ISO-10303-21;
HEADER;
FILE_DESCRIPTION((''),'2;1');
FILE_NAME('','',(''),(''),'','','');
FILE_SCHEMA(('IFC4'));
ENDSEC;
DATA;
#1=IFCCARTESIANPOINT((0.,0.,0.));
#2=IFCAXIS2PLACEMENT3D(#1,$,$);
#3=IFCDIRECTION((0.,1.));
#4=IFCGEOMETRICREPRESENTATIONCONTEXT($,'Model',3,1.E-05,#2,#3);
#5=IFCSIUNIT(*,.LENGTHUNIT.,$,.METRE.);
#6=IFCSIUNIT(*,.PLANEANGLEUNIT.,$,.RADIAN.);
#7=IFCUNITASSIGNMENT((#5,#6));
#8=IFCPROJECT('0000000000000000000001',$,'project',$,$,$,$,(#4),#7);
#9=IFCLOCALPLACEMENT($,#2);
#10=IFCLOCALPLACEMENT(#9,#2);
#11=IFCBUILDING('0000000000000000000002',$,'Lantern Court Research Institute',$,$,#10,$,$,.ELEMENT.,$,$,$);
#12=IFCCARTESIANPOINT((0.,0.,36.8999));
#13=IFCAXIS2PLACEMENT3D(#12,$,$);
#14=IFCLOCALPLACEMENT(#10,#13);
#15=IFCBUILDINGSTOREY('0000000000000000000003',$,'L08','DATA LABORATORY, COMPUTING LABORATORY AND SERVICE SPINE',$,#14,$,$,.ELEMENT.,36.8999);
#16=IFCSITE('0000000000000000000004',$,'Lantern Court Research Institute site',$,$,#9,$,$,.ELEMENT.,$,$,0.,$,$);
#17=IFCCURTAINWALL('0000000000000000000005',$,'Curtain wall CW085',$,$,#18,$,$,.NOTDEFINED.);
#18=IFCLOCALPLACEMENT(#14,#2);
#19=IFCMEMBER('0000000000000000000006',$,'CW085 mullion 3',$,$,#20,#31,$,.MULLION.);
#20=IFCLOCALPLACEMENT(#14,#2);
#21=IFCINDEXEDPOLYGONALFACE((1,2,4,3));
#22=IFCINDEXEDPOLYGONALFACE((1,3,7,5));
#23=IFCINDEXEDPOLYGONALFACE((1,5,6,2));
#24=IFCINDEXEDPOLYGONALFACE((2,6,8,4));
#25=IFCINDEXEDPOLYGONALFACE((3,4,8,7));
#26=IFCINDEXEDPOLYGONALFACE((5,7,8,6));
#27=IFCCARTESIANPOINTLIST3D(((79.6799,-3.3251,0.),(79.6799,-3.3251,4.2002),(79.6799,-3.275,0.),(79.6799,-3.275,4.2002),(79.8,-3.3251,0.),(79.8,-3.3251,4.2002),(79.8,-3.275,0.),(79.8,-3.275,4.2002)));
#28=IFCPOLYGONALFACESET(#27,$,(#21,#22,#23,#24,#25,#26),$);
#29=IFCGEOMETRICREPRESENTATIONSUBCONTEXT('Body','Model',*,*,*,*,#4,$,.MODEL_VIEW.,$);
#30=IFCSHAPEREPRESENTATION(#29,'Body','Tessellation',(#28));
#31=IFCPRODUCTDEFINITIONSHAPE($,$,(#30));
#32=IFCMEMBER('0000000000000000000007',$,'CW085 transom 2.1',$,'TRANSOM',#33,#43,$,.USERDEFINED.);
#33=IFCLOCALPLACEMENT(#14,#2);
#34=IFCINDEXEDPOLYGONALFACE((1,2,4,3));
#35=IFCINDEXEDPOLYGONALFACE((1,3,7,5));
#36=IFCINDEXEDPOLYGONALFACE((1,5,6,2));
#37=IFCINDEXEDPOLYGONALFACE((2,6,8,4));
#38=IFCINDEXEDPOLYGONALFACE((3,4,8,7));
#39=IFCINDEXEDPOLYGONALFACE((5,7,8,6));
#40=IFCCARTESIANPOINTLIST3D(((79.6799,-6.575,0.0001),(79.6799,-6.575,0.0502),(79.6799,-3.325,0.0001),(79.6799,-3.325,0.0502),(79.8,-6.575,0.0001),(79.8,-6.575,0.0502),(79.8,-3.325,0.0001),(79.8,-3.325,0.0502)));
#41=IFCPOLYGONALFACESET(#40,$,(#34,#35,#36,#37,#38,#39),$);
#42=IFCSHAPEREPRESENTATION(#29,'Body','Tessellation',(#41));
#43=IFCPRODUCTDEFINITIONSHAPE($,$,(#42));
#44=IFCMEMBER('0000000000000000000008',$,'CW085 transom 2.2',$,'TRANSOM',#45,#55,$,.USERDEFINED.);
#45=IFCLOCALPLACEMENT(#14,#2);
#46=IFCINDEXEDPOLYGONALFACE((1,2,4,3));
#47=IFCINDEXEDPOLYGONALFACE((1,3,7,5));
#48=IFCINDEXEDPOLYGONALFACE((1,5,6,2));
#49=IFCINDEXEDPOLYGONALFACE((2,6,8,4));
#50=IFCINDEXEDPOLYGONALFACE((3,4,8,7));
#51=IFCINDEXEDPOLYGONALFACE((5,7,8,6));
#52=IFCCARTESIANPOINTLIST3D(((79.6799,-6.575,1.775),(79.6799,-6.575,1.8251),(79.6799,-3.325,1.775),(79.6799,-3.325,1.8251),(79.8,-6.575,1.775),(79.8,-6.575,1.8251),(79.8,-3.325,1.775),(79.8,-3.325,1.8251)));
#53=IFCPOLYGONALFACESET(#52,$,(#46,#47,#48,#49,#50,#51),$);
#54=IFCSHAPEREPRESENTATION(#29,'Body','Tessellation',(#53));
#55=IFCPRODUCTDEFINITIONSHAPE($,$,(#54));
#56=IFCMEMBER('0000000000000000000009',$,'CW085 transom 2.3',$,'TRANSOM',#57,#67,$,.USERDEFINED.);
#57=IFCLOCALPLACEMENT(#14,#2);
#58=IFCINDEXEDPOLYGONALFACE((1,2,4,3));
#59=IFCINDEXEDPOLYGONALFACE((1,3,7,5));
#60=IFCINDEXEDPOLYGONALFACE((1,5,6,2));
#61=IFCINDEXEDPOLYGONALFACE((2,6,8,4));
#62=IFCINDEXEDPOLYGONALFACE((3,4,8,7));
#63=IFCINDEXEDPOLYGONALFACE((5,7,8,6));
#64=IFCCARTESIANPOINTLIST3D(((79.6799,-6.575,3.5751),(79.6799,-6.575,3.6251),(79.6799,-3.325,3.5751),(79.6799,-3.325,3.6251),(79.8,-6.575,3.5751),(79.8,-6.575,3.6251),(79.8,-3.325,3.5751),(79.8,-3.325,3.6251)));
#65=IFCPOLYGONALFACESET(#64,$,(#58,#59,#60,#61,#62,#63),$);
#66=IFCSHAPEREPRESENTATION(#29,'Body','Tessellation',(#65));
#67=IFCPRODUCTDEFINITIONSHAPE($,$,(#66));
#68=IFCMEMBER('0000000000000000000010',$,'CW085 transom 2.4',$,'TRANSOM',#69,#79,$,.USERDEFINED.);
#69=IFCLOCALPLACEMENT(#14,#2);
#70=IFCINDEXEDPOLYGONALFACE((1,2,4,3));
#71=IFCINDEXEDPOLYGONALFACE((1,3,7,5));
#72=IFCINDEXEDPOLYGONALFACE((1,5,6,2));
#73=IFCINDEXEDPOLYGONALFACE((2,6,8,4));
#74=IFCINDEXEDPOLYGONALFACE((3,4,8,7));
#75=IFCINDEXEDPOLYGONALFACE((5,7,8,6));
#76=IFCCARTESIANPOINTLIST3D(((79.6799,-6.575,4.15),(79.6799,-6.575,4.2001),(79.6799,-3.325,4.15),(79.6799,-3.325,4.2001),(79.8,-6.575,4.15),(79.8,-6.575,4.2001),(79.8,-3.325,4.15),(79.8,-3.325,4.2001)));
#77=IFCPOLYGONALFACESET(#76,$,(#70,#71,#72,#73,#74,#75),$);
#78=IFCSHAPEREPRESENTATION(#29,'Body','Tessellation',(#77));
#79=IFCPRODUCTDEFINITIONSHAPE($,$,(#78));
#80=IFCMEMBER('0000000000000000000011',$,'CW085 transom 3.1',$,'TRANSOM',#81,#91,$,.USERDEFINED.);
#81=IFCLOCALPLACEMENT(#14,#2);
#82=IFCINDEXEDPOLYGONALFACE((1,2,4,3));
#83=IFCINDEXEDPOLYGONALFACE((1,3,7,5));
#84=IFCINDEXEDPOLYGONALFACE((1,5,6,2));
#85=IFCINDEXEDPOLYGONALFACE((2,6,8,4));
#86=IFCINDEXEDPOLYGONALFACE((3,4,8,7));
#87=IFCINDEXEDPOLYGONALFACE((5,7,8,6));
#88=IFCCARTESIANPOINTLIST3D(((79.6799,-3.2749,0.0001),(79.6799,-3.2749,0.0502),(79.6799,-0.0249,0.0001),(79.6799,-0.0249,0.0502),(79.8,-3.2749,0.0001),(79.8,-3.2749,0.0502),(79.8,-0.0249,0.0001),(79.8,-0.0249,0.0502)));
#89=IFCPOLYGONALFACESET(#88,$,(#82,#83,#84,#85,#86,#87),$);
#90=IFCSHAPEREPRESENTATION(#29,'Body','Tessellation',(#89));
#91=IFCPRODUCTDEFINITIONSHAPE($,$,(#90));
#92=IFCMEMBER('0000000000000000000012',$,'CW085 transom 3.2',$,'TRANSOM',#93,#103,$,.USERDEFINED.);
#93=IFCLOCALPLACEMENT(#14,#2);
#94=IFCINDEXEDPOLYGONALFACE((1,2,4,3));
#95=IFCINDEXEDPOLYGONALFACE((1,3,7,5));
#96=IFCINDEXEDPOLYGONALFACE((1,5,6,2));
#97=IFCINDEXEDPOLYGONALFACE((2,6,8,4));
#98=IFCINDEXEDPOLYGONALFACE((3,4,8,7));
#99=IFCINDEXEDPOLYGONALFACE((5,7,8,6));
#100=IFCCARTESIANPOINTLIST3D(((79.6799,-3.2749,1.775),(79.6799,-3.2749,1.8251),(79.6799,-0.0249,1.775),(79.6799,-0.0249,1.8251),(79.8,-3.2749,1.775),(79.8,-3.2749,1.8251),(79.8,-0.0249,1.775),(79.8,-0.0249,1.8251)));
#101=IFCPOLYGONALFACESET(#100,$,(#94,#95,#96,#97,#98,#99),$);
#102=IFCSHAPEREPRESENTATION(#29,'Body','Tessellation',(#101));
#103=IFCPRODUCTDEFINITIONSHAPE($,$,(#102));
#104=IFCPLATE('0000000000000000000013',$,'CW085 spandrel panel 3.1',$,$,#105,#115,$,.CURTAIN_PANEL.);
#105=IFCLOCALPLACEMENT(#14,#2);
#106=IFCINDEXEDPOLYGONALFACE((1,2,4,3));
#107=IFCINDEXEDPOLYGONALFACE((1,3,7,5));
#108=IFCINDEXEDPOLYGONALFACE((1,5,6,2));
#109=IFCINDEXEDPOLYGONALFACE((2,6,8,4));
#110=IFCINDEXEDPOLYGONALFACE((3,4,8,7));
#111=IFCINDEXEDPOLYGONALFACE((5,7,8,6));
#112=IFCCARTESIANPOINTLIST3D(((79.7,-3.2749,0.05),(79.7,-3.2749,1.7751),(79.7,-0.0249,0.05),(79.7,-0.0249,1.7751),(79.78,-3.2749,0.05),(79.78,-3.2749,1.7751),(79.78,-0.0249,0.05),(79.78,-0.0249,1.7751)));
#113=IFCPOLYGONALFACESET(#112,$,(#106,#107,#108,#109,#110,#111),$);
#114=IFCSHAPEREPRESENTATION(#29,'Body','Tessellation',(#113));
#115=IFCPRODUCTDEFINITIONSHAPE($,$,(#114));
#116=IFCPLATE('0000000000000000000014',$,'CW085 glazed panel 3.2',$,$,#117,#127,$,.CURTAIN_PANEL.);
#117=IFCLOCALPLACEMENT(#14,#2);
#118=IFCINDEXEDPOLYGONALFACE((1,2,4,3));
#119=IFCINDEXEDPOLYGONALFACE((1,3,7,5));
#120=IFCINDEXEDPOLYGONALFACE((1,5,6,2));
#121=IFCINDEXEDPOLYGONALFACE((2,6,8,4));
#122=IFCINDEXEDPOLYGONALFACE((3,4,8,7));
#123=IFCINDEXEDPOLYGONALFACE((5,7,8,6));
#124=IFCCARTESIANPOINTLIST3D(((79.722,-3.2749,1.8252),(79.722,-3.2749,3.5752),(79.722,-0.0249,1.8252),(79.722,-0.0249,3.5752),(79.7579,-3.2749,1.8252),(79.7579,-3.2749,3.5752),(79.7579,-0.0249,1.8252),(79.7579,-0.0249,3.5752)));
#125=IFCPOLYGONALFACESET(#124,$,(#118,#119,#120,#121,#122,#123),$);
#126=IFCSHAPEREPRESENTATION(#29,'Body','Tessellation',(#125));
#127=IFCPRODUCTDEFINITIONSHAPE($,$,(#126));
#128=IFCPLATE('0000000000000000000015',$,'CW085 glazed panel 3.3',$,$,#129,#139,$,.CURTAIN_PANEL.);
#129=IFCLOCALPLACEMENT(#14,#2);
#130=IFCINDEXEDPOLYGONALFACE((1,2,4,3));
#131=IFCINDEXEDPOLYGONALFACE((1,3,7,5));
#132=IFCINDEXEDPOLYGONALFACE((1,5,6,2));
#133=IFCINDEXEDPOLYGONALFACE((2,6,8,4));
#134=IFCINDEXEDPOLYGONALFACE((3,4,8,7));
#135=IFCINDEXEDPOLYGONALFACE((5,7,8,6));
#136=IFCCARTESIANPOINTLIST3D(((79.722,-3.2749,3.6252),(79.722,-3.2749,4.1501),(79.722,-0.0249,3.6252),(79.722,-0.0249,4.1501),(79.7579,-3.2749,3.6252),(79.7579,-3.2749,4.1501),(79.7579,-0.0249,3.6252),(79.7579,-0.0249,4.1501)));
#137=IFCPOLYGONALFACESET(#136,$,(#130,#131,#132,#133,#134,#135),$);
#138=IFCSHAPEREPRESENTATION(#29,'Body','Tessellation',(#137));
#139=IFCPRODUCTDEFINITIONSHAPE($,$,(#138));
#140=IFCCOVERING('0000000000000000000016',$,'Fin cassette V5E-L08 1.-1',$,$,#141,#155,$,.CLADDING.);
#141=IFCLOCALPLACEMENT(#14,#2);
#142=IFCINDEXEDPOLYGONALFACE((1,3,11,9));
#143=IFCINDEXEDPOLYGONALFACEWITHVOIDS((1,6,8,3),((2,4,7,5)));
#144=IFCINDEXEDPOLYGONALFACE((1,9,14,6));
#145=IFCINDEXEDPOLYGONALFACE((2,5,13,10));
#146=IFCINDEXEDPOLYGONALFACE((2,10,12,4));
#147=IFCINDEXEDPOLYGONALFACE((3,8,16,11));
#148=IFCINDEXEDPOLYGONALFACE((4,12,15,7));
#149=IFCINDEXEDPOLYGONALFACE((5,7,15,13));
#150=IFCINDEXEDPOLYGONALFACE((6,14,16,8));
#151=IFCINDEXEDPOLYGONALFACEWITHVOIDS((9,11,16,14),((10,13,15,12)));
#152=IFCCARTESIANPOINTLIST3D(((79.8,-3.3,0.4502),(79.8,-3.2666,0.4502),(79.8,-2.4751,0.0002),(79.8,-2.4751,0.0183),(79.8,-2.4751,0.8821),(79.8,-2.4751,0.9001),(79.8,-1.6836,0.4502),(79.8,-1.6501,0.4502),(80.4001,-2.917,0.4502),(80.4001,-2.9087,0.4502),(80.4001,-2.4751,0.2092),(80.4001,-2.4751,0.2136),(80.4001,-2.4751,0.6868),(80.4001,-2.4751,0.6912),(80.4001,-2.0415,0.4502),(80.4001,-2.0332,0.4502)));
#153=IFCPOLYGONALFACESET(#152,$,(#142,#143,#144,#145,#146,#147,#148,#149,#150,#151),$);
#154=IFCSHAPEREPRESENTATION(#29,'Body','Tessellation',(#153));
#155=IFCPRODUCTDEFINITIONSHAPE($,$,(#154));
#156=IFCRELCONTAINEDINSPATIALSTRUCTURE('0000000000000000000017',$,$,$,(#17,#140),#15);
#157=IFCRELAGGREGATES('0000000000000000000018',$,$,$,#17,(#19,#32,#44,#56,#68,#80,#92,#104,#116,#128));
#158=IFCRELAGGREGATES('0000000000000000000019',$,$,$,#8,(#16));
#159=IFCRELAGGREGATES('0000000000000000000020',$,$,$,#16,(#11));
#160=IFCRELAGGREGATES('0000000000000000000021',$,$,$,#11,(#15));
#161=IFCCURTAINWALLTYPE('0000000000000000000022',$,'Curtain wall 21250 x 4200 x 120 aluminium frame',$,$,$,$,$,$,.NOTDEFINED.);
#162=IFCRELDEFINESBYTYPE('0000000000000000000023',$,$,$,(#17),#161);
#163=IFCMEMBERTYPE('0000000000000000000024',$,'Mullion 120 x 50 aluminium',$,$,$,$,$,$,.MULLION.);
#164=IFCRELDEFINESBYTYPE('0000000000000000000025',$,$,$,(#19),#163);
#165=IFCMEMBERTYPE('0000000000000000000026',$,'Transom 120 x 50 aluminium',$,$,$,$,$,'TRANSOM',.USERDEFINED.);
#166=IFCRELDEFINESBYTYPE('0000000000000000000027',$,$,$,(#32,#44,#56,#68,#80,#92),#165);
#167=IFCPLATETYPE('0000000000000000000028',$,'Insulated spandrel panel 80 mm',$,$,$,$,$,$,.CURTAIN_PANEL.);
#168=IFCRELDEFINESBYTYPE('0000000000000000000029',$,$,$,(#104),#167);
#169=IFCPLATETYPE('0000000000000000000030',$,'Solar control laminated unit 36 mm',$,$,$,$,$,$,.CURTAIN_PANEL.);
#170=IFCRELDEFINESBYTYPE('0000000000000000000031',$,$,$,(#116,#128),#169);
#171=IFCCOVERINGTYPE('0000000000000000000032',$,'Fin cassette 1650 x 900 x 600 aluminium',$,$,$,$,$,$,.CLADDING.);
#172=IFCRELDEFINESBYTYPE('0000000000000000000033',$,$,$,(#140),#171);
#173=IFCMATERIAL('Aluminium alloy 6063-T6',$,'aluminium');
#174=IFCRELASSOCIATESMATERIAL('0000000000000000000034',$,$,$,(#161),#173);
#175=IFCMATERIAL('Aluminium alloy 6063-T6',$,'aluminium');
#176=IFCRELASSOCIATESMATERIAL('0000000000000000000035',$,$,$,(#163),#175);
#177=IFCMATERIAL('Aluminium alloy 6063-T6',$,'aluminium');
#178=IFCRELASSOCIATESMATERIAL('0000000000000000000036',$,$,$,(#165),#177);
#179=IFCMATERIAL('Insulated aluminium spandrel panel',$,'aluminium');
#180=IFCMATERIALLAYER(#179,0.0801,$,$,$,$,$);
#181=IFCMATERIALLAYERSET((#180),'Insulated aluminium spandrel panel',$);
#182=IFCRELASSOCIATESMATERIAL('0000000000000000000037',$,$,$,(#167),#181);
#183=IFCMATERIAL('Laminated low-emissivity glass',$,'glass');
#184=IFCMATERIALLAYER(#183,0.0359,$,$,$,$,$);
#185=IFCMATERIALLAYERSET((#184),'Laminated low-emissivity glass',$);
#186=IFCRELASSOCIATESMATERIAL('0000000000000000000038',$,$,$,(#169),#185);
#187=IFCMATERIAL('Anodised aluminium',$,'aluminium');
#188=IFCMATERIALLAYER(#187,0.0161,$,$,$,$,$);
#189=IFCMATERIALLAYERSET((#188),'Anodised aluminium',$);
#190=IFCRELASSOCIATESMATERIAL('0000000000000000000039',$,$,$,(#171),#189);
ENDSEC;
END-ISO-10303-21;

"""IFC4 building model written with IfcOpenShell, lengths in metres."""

from ifc_helpers import new_model, entity, si_unit, direction, frame, origin, origin_2d, place, context, subcontext, project, spatial, rectangle, extrude, material, layer, layer_set, material_profile, profile_set, type_object, element, aggregate, save


model = new_model("IFC4")

# Units and contexts
model_context = context("Model", 3, precision=1e-05, world=origin(), true_north=direction((0.0, 1.0)))
body_context = subcontext(model_context, "Body", "Model", "MODEL_VIEW")
ifc_project = project(units=[si_unit("LENGTHUNIT", "METRE"), si_unit("PLANEANGLEUNIT", "RADIAN")], contexts=[model_context])

# Site, building, storey
site_placement = place(None, origin())
site = spatial("IfcSite", under=ifc_project, at=site_placement, Name="Lantern Court Research Institute site", CompositionType="ELEMENT", RefElevation=0.0)
building_placement = place(site_placement, origin())
building = spatial("IfcBuilding", under=site, at=building_placement, Name="Lantern Court Research Institute", CompositionType="ELEMENT")
storey_placement = place(building_placement, frame((0.0, 0.0, 36.8999)))
storey = spatial("IfcBuildingStorey", under=building, at=storey_placement, Name="L08", Description="DATA LABORATORY, COMPUTING LABORATORY AND SERVICE SPINE", CompositionType="ELEMENT", Elevation=36.8999)

# Curtain wall, members, plates
ifc_material_1 = material(Name="Aluminium alloy 6063-T6", Category="aluminium")
curtain_wall_type = type_object("IfcCurtainWallType", Name="Curtain wall 21250 x 4200 x 120 aluminium frame", PredefinedType="NOTDEFINED", material=ifc_material_1)
curtain_wall_placement = place(storey_placement, origin())
curtain_wall = element("IfcCurtainWall", 1, at=curtain_wall_placement, inside=storey, type_object=curtain_wall_type, Name="Curtain wall CW085", PredefinedType="NOTDEFINED")
ifc_material_2 = material(Name="Aluminium alloy 6063-T6", Category="aluminium")
ifc_material_profile_1 = material_profile(ifc_material_2, rectangle(XDim=0.1201, YDim=0.05, at=origin_2d()), Name="Mullion 120 x 50")
ifc_profile_set_1 = profile_set([ifc_material_profile_1], Name="Aluminium alloy 6063-T6")
member_type_1 = type_object("IfcMemberType", Name="Mullion 120 x 50 aluminium", PredefinedType="MULLION", material=ifc_profile_set_1)
member_1_placement = place(storey_placement, frame((79.74, -3.3, 0.0), z_axis=(0.0, 0.0, 1.0), x_axis=(1.0, 0.0, 0.0)))
member_1 = element("IfcMember", 2, at=member_1_placement, type_object=member_type_1, Name="CW085 mullion 3", PredefinedType="MULLION", context=body_context, shape_type="SweptSolid", body=[
    extrude(rectangle(XDim=0.1201, YDim=0.05, at=origin_2d()), origin(), (0.0, 0.0, 1.0), 4.2002),
])
ifc_material_3 = material(Name="Aluminium alloy 6063-T6", Category="aluminium")
ifc_material_profile_2 = material_profile(ifc_material_3, rectangle(XDim=0.1201, YDim=0.05, at=origin_2d()), Name="Transom 120 x 50")
ifc_profile_set_2 = profile_set([ifc_material_profile_2], Name="Aluminium alloy 6063-T6")
member_type_2 = type_object("IfcMemberType", Name="Transom 120 x 50 aluminium", ElementType="TRANSOM", PredefinedType="USERDEFINED", material=ifc_profile_set_2)
member_2_placement = place(storey_placement, frame((79.74, -3.325, 0.0251), z_axis=(0.0, -1.0, 0.0), x_axis=(1.0, 0.0, 0.0)))
member_2 = element("IfcMember", 3, at=member_2_placement, type_object=member_type_2, Name="CW085 transom 2.1", ObjectType="TRANSOM", PredefinedType="USERDEFINED", context=body_context, shape_type="SweptSolid", body=[
    extrude(rectangle(XDim=0.1201, YDim=0.05, at=origin_2d()), origin(), (0.0, 0.0, 1.0), 3.25),
])
member_3_placement = place(storey_placement, frame((79.74, -3.325, 1.8), z_axis=(0.0, -1.0, 0.0), x_axis=(1.0, 0.0, 0.0)))
member_3 = element("IfcMember", 4, at=member_3_placement, type_object=member_type_2, Name="CW085 transom 2.2", ObjectType="TRANSOM", PredefinedType="USERDEFINED", context=body_context, shape_type="SweptSolid", body=[
    extrude(rectangle(XDim=0.1201, YDim=0.05, at=origin_2d()), origin(), (0.0, 0.0, 1.0), 3.25),
])
member_4_placement = place(storey_placement, frame((79.74, -3.325, 3.6001), z_axis=(0.0, -1.0, 0.0), x_axis=(1.0, 0.0, 0.0)))
member_4 = element("IfcMember", 5, at=member_4_placement, type_object=member_type_2, Name="CW085 transom 2.3", ObjectType="TRANSOM", PredefinedType="USERDEFINED", context=body_context, shape_type="SweptSolid", body=[
    extrude(rectangle(XDim=0.1201, YDim=0.05, at=origin_2d()), origin(), (0.0, 0.0, 1.0), 3.25),
])
member_5_placement = place(storey_placement, frame((79.74, -3.325, 4.175), z_axis=(0.0, -1.0, 0.0), x_axis=(1.0, 0.0, 0.0)))
member_5 = element("IfcMember", 6, at=member_5_placement, type_object=member_type_2, Name="CW085 transom 2.4", ObjectType="TRANSOM", PredefinedType="USERDEFINED", context=body_context, shape_type="SweptSolid", body=[
    extrude(rectangle(XDim=0.1201, YDim=0.05, at=origin_2d()), origin(), (0.0, 0.0, 1.0), 3.25),
])
member_6_placement = place(storey_placement, frame((79.74, -0.0249, 0.0251), z_axis=(0.0, -1.0, 0.0), x_axis=(1.0, 0.0, 0.0)))
member_6 = element("IfcMember", 7, at=member_6_placement, type_object=member_type_2, Name="CW085 transom 3.1", ObjectType="TRANSOM", PredefinedType="USERDEFINED", context=body_context, shape_type="SweptSolid", body=[
    extrude(rectangle(XDim=0.1201, YDim=0.05, at=origin_2d()), origin(), (0.0, 0.0, 1.0), 3.25),
])
member_7_placement = place(storey_placement, frame((79.74, -0.0249, 1.8), z_axis=(0.0, -1.0, 0.0), x_axis=(1.0, 0.0, 0.0)))
member_7 = element("IfcMember", 8, at=member_7_placement, type_object=member_type_2, Name="CW085 transom 3.2", ObjectType="TRANSOM", PredefinedType="USERDEFINED", context=body_context, shape_type="SweptSolid", body=[
    extrude(rectangle(XDim=0.1201, YDim=0.05, at=origin_2d()), origin(), (0.0, 0.0, 1.0), 3.25),
])
ifc_material_4 = material(Name="Insulated aluminium spandrel panel", Category="aluminium")
ifc_layer_1 = layer(ifc_material_4, 0.0801)
ifc_layer_set_1 = layer_set([ifc_layer_1], Name="Insulated aluminium spandrel panel")
plate_type_1 = type_object("IfcPlateType", Name="Insulated spandrel panel 80 mm", PredefinedType="CURTAIN_PANEL", material=ifc_layer_set_1)
plate_1_placement = place(storey_placement, frame((79.74, -1.6499, 0.05), z_axis=(0.0, 0.0, 1.0), x_axis=(0.0, -1.0, 0.0)))
plate_1 = element("IfcPlate", 9, at=plate_1_placement, type_object=plate_type_1, Name="CW085 spandrel panel 3.1", PredefinedType="CURTAIN_PANEL", context=body_context, shape_type="SweptSolid", body=[
    extrude(rectangle(XDim=3.25, YDim=0.0801, at=origin_2d()), origin(), (0.0, 0.0, 1.0), 1.7251),
])
ifc_material_5 = material(Name="Laminated low-emissivity glass", Category="glass")
ifc_layer_2 = layer(ifc_material_5, 0.0359)
ifc_layer_set_2 = layer_set([ifc_layer_2], Name="Laminated low-emissivity glass")
plate_type_2 = type_object("IfcPlateType", Name="Solar control laminated unit 36 mm", PredefinedType="CURTAIN_PANEL", material=ifc_layer_set_2)
plate_2_placement = place(storey_placement, frame((79.74, -1.6499, 1.8252), z_axis=(0.0, 0.0, 1.0), x_axis=(0.0, -1.0, 0.0)))
plate_2 = element("IfcPlate", 10, at=plate_2_placement, type_object=plate_type_2, Name="CW085 glazed panel 3.2", PredefinedType="CURTAIN_PANEL", context=body_context, shape_type="SweptSolid", body=[
    extrude(rectangle(XDim=3.25, YDim=0.0359, at=origin_2d()), origin(), (0.0, 0.0, 1.0), 1.75),
])
plate_3_placement = place(storey_placement, frame((79.74, -1.6499, 3.6252), z_axis=(0.0, 0.0, 1.0), x_axis=(0.0, -1.0, 0.0)))
plate_3 = element("IfcPlate", 11, at=plate_3_placement, type_object=plate_type_2, Name="CW085 glazed panel 3.3", PredefinedType="CURTAIN_PANEL", context=body_context, shape_type="SweptSolid", body=[
    extrude(rectangle(XDim=3.25, YDim=0.0359, at=origin_2d()), origin(), (0.0, 0.0, 1.0), 0.5249),
])
aggregate(curtain_wall, [member_1, member_2, member_3, member_4, member_5, member_6, member_7, plate_1, plate_2, plate_3])

# Covering
ifc_material_6 = material(Name="Anodised aluminium", Category="aluminium")
ifc_layer_3 = layer(ifc_material_6, 0.0161)
ifc_layer_set_3 = layer_set([ifc_layer_3], Name="Anodised aluminium")
covering_type = type_object("IfcCoveringType", Name="Fin cassette 1650 x 900 x 600 aluminium", PredefinedType="CLADDING", material=ifc_layer_set_3)
covering_1_placement = place(storey_placement, frame((79.8, -2.4751, 0.4502), z_axis=(1.0, 0.0, 0.0), x_axis=(0.0, 1.0, 0.0)))
cartesian_point_1 = entity("IfcCartesianPoint", [0.825, 0.0])
cartesian_point_2 = entity("IfcCartesianPoint", [0.7915, 0.0])
cartesian_point_3 = entity("IfcCartesianPoint", [0.4419, 0.0])
cartesian_point_4 = entity("IfcCartesianPoint", [0.4336, 0.0])
element("IfcCovering", 12, at=covering_1_placement, inside=storey, type_object=covering_type, Name="Fin cassette V5E-L08 1.-1", PredefinedType="CLADDING", context=body_context, shape_type="SweptSolid", body=[
    entity("IfcExtrudedAreaSolidTapered", entity("IfcArbitraryProfileDefWithVoids", "AREA", None, entity("IfcPolyline", [cartesian_point_1, entity("IfcCartesianPoint", [0.0, 0.45]), entity("IfcCartesianPoint", [-0.825, 0.0]), entity("IfcCartesianPoint", [0.0, -0.45]), cartesian_point_1]), [entity("IfcPolyline", [cartesian_point_2, entity("IfcCartesianPoint", [0.0, 0.4319]), entity("IfcCartesianPoint", [-0.7915, 0.0]), entity("IfcCartesianPoint", [0.0, -0.4319]), cartesian_point_2])]), entity("IfcAxis2Placement3D", entity("IfcCartesianPoint", [0.0, 0.0, 0.0])), entity("IfcDirection", [0.0, 0.0, 1.0]), 0.6001, entity("IfcArbitraryProfileDefWithVoids", "AREA", None, entity("IfcPolyline", [cartesian_point_3, entity("IfcCartesianPoint", [0.0, 0.241]), entity("IfcCartesianPoint", [-0.4419, 0.0]), entity("IfcCartesianPoint", [0.0, -0.241]), cartesian_point_3]), [entity("IfcPolyline", [cartesian_point_4, entity("IfcCartesianPoint", [0.0, 0.2366]), entity("IfcCartesianPoint", [-0.4336, 0.0]), entity("IfcCartesianPoint", [0.0, -0.2366]), cartesian_point_4])])),
])

save(model, "model.ifc")
